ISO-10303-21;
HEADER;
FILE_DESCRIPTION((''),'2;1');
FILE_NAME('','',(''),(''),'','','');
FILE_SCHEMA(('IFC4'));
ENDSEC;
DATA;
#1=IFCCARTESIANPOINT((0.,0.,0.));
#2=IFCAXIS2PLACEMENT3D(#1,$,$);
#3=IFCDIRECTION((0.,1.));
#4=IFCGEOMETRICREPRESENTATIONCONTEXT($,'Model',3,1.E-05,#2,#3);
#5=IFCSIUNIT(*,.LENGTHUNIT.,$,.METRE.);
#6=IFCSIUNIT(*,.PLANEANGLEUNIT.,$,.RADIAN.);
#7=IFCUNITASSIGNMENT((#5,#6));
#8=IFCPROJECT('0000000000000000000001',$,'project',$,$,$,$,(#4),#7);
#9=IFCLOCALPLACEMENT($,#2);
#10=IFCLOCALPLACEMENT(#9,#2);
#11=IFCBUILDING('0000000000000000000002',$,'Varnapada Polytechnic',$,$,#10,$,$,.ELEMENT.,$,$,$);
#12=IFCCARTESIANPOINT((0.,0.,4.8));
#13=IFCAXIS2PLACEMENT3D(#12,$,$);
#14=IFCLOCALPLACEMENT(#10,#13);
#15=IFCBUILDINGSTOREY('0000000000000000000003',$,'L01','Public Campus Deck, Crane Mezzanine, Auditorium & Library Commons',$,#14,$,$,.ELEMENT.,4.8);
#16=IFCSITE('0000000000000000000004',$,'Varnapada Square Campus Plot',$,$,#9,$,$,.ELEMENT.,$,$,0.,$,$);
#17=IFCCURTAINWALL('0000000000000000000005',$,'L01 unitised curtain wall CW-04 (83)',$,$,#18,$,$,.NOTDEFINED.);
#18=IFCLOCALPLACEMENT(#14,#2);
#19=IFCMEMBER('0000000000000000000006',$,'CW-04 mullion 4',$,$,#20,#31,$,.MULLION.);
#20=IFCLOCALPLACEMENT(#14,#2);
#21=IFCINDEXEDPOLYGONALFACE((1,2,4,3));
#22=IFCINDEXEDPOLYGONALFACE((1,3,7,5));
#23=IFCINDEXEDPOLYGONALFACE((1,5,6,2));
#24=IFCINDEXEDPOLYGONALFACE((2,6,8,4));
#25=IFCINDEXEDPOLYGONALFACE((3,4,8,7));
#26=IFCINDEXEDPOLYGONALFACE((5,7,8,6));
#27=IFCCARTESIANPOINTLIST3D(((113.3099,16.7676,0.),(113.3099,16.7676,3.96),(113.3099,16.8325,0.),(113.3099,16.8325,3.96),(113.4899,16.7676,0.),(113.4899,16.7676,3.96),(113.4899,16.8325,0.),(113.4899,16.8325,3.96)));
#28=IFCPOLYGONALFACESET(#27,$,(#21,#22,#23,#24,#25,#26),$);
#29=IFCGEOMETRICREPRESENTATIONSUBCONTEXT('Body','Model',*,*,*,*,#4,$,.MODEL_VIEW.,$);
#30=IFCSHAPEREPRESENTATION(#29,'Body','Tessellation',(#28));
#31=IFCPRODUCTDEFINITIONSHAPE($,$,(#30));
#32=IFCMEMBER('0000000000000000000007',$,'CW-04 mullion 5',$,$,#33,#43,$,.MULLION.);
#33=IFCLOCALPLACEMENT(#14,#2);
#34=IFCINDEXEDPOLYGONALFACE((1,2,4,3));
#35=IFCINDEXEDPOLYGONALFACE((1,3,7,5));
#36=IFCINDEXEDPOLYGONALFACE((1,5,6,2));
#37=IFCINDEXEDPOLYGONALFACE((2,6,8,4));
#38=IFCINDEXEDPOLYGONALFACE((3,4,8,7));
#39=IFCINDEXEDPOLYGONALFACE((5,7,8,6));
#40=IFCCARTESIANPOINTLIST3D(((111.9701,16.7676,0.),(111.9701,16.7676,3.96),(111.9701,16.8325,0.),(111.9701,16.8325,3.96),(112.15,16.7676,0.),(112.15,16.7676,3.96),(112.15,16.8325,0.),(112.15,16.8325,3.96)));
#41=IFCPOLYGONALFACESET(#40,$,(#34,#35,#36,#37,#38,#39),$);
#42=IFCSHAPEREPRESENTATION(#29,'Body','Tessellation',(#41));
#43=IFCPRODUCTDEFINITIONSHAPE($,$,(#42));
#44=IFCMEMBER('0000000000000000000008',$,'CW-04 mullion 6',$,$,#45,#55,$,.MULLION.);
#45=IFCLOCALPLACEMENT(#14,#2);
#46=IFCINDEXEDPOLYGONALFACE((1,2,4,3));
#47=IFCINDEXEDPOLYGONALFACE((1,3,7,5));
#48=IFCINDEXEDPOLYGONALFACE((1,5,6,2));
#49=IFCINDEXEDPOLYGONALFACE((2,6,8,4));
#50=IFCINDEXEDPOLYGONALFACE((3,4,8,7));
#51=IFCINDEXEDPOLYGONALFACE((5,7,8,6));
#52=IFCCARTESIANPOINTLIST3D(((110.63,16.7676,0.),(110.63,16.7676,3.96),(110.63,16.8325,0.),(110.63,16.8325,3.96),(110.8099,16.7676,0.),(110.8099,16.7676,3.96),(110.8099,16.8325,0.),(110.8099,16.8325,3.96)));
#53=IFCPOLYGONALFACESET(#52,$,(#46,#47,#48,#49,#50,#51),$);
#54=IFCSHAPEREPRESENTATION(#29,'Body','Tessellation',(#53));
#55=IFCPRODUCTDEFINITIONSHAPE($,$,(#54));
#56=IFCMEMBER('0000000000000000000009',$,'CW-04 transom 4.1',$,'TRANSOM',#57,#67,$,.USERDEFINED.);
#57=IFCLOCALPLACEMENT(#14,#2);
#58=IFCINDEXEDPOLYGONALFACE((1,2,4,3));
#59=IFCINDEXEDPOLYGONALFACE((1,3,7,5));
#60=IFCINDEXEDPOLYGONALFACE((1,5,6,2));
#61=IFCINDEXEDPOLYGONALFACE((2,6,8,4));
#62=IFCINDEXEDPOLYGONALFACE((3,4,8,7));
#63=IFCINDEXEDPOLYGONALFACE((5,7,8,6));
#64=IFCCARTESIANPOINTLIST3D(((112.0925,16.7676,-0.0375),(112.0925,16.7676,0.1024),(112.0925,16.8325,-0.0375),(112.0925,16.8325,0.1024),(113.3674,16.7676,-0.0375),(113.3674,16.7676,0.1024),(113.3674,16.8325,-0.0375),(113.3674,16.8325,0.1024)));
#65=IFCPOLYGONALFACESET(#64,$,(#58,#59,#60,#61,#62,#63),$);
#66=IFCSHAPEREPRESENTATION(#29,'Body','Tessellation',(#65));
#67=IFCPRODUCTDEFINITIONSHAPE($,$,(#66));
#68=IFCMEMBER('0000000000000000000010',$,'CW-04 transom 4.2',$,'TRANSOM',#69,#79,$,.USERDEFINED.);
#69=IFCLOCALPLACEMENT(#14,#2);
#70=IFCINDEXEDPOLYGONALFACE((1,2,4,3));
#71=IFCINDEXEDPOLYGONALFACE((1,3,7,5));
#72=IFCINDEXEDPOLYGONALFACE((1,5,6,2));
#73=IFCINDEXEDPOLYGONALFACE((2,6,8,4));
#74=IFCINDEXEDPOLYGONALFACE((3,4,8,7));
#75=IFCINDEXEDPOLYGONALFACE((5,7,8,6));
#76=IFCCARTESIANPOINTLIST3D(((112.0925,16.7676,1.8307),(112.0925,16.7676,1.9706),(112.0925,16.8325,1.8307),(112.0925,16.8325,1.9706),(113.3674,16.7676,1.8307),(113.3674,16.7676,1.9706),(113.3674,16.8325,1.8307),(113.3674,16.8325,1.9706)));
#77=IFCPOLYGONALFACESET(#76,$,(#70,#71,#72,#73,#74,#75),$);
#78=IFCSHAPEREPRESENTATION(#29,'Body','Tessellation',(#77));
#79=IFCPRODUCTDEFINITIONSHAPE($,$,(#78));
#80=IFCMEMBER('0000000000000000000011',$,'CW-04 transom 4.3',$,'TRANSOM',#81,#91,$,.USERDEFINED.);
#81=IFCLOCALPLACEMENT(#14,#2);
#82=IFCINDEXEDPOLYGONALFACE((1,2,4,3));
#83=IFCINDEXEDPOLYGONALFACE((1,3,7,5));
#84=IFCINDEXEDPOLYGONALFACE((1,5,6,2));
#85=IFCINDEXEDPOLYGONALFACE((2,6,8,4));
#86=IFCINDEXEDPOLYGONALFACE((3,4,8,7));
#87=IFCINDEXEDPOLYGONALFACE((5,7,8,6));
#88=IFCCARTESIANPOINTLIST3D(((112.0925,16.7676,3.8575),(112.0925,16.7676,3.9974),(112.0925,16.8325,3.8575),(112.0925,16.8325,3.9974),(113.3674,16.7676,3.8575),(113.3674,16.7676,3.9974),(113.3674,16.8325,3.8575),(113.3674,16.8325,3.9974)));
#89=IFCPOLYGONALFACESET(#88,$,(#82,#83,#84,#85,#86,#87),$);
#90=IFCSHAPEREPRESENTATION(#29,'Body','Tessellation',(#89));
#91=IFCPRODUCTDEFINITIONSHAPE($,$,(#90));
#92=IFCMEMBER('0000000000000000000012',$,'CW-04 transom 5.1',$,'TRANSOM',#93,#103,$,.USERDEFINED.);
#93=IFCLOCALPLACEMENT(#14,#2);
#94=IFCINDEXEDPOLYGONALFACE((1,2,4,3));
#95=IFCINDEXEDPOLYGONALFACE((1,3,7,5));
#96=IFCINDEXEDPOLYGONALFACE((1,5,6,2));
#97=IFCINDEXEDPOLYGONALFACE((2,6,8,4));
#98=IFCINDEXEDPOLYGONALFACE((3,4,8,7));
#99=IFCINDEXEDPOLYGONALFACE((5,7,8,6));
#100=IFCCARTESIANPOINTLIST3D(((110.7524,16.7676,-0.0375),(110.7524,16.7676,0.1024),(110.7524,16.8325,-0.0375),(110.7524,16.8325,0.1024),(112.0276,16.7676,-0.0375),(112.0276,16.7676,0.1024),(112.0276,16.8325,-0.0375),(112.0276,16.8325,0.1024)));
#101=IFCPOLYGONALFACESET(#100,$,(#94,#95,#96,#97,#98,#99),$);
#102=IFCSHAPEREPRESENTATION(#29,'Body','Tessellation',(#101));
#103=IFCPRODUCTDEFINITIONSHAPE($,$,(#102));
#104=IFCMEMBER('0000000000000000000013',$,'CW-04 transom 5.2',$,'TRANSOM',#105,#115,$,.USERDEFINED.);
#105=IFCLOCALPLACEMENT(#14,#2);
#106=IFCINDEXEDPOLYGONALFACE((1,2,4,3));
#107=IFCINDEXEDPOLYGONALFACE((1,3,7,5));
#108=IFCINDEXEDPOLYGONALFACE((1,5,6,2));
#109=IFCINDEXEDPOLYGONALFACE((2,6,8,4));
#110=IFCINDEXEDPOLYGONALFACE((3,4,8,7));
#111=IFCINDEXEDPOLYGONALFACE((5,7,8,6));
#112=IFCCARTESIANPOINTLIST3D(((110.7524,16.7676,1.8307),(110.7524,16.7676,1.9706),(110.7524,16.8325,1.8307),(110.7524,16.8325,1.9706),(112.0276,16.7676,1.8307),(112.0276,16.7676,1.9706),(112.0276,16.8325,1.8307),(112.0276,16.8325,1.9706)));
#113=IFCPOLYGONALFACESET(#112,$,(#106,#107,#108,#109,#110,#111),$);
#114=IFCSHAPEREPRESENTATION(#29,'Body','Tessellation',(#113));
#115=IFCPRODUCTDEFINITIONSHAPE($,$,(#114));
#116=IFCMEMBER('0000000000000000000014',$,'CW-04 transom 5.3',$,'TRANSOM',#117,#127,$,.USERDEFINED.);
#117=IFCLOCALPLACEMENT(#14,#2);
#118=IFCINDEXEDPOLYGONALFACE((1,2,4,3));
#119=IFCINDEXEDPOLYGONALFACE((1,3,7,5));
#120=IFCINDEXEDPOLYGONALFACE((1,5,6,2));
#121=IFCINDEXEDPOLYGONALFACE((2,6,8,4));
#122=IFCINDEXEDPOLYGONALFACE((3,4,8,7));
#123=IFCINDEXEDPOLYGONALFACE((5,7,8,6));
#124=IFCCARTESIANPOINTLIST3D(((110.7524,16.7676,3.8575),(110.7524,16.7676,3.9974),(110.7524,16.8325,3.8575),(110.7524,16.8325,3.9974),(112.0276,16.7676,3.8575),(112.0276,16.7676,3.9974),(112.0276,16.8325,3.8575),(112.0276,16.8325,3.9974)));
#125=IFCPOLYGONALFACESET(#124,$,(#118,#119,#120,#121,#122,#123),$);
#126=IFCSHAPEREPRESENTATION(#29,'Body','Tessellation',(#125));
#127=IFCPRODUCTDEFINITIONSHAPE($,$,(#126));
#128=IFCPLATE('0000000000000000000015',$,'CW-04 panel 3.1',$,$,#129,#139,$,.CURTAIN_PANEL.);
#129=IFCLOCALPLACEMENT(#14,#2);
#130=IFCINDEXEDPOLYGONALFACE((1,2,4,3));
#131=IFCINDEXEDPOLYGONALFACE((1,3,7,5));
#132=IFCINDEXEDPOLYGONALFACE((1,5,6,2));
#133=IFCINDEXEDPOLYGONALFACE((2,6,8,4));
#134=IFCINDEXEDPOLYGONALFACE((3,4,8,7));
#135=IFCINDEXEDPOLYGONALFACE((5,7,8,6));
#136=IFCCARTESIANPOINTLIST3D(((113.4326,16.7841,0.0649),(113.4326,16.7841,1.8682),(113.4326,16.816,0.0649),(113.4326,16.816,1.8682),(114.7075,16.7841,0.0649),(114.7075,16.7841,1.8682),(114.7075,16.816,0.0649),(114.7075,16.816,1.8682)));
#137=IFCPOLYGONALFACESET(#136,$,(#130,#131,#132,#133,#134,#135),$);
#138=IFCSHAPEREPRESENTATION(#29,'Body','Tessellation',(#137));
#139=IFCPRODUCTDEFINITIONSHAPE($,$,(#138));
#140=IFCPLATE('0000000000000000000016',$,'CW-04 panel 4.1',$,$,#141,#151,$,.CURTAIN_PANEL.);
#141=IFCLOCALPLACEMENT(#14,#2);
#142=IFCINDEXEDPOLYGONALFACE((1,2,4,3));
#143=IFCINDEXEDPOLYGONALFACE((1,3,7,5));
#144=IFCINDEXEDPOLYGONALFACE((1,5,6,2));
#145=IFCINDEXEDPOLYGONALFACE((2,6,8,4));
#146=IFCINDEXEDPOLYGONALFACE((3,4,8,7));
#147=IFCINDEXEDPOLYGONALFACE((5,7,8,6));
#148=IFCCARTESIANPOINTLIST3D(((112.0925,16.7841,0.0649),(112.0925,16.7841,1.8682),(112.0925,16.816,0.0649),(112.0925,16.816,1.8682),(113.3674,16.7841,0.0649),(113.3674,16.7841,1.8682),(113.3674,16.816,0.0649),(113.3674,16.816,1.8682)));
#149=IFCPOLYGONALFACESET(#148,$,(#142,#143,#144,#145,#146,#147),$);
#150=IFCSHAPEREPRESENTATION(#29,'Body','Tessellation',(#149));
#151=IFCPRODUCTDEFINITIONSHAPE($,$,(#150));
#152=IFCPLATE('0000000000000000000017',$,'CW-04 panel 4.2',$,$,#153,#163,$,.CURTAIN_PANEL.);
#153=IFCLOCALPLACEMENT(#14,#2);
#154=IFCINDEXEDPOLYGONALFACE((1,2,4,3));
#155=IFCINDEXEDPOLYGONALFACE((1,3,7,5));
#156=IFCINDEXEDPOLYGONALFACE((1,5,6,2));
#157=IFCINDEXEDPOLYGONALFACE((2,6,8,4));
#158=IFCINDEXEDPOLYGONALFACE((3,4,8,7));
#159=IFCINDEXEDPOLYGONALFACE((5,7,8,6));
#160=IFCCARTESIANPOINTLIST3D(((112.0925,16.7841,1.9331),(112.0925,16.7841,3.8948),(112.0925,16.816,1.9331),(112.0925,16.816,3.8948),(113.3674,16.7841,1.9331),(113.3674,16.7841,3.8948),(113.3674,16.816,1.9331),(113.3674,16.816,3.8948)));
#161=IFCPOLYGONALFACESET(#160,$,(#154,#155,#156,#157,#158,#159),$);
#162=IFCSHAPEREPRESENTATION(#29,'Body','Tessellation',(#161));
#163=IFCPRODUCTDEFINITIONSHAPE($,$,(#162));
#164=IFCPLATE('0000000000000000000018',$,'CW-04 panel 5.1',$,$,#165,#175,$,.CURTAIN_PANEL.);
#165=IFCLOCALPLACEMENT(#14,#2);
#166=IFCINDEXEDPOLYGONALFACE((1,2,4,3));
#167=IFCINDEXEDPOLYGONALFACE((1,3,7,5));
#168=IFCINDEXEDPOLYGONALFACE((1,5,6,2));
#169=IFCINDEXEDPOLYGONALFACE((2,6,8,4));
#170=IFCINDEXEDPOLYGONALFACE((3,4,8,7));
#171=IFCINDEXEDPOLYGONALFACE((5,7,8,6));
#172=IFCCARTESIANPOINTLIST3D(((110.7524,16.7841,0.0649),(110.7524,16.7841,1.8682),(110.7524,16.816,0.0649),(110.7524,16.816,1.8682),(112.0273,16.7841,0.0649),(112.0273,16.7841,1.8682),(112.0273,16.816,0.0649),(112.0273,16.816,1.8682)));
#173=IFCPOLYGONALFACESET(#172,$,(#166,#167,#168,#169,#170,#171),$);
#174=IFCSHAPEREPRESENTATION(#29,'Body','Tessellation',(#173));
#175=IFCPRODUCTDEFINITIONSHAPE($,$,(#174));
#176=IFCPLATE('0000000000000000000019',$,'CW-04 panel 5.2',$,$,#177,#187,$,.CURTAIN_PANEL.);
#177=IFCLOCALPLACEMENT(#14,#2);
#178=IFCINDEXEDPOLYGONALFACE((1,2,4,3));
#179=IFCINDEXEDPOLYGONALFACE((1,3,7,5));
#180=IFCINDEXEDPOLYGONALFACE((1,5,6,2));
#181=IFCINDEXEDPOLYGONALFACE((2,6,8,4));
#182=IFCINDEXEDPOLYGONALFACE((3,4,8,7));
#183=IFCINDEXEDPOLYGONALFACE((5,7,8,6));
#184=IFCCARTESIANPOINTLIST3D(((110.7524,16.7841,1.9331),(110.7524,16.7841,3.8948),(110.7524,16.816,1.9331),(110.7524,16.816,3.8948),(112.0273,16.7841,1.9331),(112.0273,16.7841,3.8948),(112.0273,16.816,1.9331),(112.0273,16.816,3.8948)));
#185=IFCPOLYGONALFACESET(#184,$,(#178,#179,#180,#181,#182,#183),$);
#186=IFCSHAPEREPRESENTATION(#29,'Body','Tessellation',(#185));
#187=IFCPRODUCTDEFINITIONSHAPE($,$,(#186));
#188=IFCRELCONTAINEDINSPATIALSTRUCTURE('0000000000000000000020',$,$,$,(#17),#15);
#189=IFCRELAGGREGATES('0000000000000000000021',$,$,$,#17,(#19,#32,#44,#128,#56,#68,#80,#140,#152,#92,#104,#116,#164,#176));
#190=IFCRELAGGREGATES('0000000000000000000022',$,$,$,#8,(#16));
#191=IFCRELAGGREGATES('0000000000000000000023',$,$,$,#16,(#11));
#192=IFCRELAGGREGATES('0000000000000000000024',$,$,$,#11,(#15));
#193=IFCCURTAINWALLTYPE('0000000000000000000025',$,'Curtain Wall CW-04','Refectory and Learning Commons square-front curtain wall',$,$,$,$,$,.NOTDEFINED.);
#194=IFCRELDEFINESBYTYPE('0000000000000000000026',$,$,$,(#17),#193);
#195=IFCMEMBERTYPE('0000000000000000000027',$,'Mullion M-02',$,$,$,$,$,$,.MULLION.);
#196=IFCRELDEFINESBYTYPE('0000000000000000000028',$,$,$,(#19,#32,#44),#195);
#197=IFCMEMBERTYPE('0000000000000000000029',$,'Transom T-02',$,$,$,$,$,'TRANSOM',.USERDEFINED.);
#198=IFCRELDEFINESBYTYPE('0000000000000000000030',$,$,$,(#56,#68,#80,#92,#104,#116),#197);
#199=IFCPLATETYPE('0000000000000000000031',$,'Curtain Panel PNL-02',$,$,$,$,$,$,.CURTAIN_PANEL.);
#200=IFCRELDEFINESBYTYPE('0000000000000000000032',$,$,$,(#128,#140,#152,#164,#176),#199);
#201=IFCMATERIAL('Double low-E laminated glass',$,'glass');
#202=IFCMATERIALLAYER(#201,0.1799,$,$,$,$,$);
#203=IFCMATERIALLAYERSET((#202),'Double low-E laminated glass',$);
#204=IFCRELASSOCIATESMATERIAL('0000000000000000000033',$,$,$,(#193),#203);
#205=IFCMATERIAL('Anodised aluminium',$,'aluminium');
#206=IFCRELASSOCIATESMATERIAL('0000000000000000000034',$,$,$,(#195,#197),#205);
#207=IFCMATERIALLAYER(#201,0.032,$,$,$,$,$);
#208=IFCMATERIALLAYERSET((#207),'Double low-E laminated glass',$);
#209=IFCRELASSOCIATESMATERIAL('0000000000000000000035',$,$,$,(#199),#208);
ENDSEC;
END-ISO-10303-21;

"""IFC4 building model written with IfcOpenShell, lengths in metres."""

from ifc_helpers import new_model, si_unit, direction, frame, origin, origin_2d, place, context, subcontext, project, spatial, rectangle, extrude, material, layer, layer_set, material_profile, profile_set, type_object, element, aggregate, save


model = new_model("IFC4")

# Units and contexts
model_context = context("Model", 3, precision=1e-05, world=origin(), true_north=direction((0.0, 1.0)))
body_context = subcontext(model_context, "Body", "Model", "MODEL_VIEW")
ifc_project = project(units=[si_unit("LENGTHUNIT", "METRE"), si_unit("PLANEANGLEUNIT", "RADIAN")], contexts=[model_context])

# Site, building, storey
site_placement = place(None, origin())
site = spatial("IfcSite", under=ifc_project, at=site_placement, Name="Varnapada Square Campus Plot", CompositionType="ELEMENT", RefElevation=0.0)
building_placement = place(site_placement, origin())
building = spatial("IfcBuilding", under=site, at=building_placement, Name="Varnapada Polytechnic", CompositionType="ELEMENT")
storey_placement = place(building_placement, frame((0.0, 0.0, 4.8)))
storey = spatial("IfcBuildingStorey", under=building, at=storey_placement, Name="L01", Description="Public Campus Deck, Crane Mezzanine, Auditorium & Library Commons", CompositionType="ELEMENT", Elevation=4.8)

# Curtain wall, members, plates
ifc_material_1 = material(Name="Double low-E laminated glass", Category="glass")
ifc_layer_1 = layer(ifc_material_1, 0.1799)
ifc_layer_set_1 = layer_set([ifc_layer_1], Name="Double low-E laminated glass")
curtain_wall_type = type_object("IfcCurtainWallType", Name="Curtain Wall CW-04", Description="Refectory and Learning Commons square-front curtain wall", PredefinedType="NOTDEFINED", material=ifc_layer_set_1)
curtain_wall_placement = place(storey_placement, origin())
curtain_wall = element("IfcCurtainWall", 1, at=curtain_wall_placement, inside=storey, type_object=curtain_wall_type, Name="L01 unitised curtain wall CW-04 (83)", PredefinedType="NOTDEFINED")
ifc_material_2 = material(Name="Anodised aluminium", Category="aluminium")
ifc_material_profile_1 = material_profile(ifc_material_2, rectangle(XDim=0.0649, YDim=0.1799, at=origin_2d()), Name="ALU M65x180")
ifc_profile_set_1 = profile_set([ifc_material_profile_1], Name="Anodised aluminium")
member_type_1 = type_object("IfcMemberType", Name="Mullion M-02", PredefinedType="MULLION", material=ifc_profile_set_1)
member_1_placement = place(storey_placement, frame((113.3999, 16.8, 0.0), z_axis=(0.0, 0.0, 1.0), x_axis=(0.0, -1.0, 0.0)))
member_1 = element("IfcMember", 2, at=member_1_placement, type_object=member_type_1, Name="CW-04 mullion 4", PredefinedType="MULLION", context=body_context, shape_type="SweptSolid", body=[
    extrude(rectangle(XDim=0.0649, YDim=0.1799, at=origin_2d()), origin(), (0.0, 0.0, 1.0), 3.96),
])
member_2_placement = place(storey_placement, frame((112.0601, 16.8, 0.0), z_axis=(0.0, 0.0, 1.0), x_axis=(0.0, -1.0, 0.0)))
member_2 = element("IfcMember", 3, at=member_2_placement, type_object=member_type_1, Name="CW-04 mullion 5", PredefinedType="MULLION", context=body_context, shape_type="SweptSolid", body=[
    extrude(rectangle(XDim=0.0649, YDim=0.1799, at=origin_2d()), origin(), (0.0, 0.0, 1.0), 3.96),
])
member_3_placement = place(storey_placement, frame((110.72, 16.8, 0.0), z_axis=(0.0, 0.0, 1.0), x_axis=(0.0, -1.0, 0.0)))
member_3 = element("IfcMember", 4, at=member_3_placement, type_object=member_type_1, Name="CW-04 mullion 6", PredefinedType="MULLION", context=body_context, shape_type="SweptSolid", body=[
    extrude(rectangle(XDim=0.0649, YDim=0.1799, at=origin_2d()), origin(), (0.0, 0.0, 1.0), 3.96),
])
ifc_material_profile_2 = material_profile(ifc_material_2, rectangle(XDim=0.0649, YDim=0.1399, at=origin_2d()), Name="ALU T65x140")
ifc_profile_set_2 = profile_set([ifc_material_profile_2], Name="Anodised aluminium")
member_type_2 = type_object("IfcMemberType", Name="Transom T-02", ElementType="TRANSOM", PredefinedType="USERDEFINED", material=ifc_profile_set_2)
member_4_placement = place(storey_placement, frame((113.3674, 16.8, 0.0325), z_axis=(-1.0, 0.0, 0.0), x_axis=(0.0, -1.0, 0.0)))
member_4 = element("IfcMember", 5, at=member_4_placement, type_object=member_type_2, Name="CW-04 transom 4.1", ObjectType="TRANSOM", PredefinedType="USERDEFINED", context=body_context, shape_type="SweptSolid", body=[
    extrude(rectangle(XDim=0.0649, YDim=0.1399, at=origin_2d()), origin(), (0.0, 0.0, 1.0), 1.2749),
])
member_5_placement = place(storey_placement, frame((113.3674, 16.8, 1.9006), z_axis=(-1.0, 0.0, 0.0), x_axis=(0.0, -1.0, 0.0)))
member_5 = element("IfcMember", 6, at=member_5_placement, type_object=member_type_2, Name="CW-04 transom 4.2", ObjectType="TRANSOM", PredefinedType="USERDEFINED", context=body_context, shape_type="SweptSolid", body=[
    extrude(rectangle(XDim=0.0649, YDim=0.1399, at=origin_2d()), origin(), (0.0, 0.0, 1.0), 1.2749),
])
member_6_placement = place(storey_placement, frame((113.3674, 16.8, 3.9275), z_axis=(-1.0, 0.0, 0.0), x_axis=(0.0, -1.0, 0.0)))
member_6 = element("IfcMember", 7, at=member_6_placement, type_object=member_type_2, Name="CW-04 transom 4.3", ObjectType="TRANSOM", PredefinedType="USERDEFINED", context=body_context, shape_type="SweptSolid", body=[
    extrude(rectangle(XDim=0.0649, YDim=0.1399, at=origin_2d()), origin(), (0.0, 0.0, 1.0), 1.2749),
])
member_7_placement = place(storey_placement, frame((112.0276, 16.8, 0.0325), z_axis=(-1.0, 0.0, 0.0), x_axis=(0.0, -1.0, 0.0)))
member_7 = element("IfcMember", 8, at=member_7_placement, type_object=member_type_2, Name="CW-04 transom 5.1", ObjectType="TRANSOM", PredefinedType="USERDEFINED", context=body_context, shape_type="SweptSolid", body=[
    extrude(rectangle(XDim=0.0649, YDim=0.1399, at=origin_2d()), origin(), (0.0, 0.0, 1.0), 1.2751),
])
member_8_placement = place(storey_placement, frame((112.0276, 16.8, 1.9006), z_axis=(-1.0, 0.0, 0.0), x_axis=(0.0, -1.0, 0.0)))
member_8 = element("IfcMember", 9, at=member_8_placement, type_object=member_type_2, Name="CW-04 transom 5.2", ObjectType="TRANSOM", PredefinedType="USERDEFINED", context=body_context, shape_type="SweptSolid", body=[
    extrude(rectangle(XDim=0.0649, YDim=0.1399, at=origin_2d()), origin(), (0.0, 0.0, 1.0), 1.2751),
])
member_9_placement = place(storey_placement, frame((112.0276, 16.8, 3.9275), z_axis=(-1.0, 0.0, 0.0), x_axis=(0.0, -1.0, 0.0)))
member_9 = element("IfcMember", 10, at=member_9_placement, type_object=member_type_2, Name="CW-04 transom 5.3", ObjectType="TRANSOM", PredefinedType="USERDEFINED", context=body_context, shape_type="SweptSolid", body=[
    extrude(rectangle(XDim=0.0649, YDim=0.1399, at=origin_2d()), origin(), (0.0, 0.0, 1.0), 1.2751),
])
ifc_layer_2 = layer(ifc_material_1, 0.032)
ifc_layer_set_2 = layer_set([ifc_layer_2], Name="Double low-E laminated glass")
plate_type = type_object("IfcPlateType", Name="Curtain Panel PNL-02", PredefinedType="CURTAIN_PANEL", material=ifc_layer_set_2)
plate_1_placement = place(storey_placement, frame((114.0701, 16.8, 0.0649), z_axis=(0.0, 0.0, 1.0), x_axis=(-1.0, 0.0, 0.0)))
plate_1 = element("IfcPlate", 11, at=plate_1_placement, type_object=plate_type, Name="CW-04 panel 3.1", PredefinedType="CURTAIN_PANEL", context=body_context, shape_type="SweptSolid", body=[
    extrude(rectangle(XDim=1.2749, YDim=0.032, at=origin_2d()), origin(), (0.0, 0.0, 1.0), 1.8032),
])
plate_2_placement = place(storey_placement, frame((112.73, 16.8, 0.0649), z_axis=(0.0, 0.0, 1.0), x_axis=(-1.0, 0.0, 0.0)))
plate_2 = element("IfcPlate", 12, at=plate_2_placement, type_object=plate_type, Name="CW-04 panel 4.1", PredefinedType="CURTAIN_PANEL", context=body_context, shape_type="SweptSolid", body=[
    extrude(rectangle(XDim=1.2749, YDim=0.032, at=origin_2d()), origin(), (0.0, 0.0, 1.0), 1.8032),
])
plate_3_placement = place(storey_placement, frame((112.73, 16.8, 1.9331), z_axis=(0.0, 0.0, 1.0), x_axis=(-1.0, 0.0, 0.0)))
plate_3 = element("IfcPlate", 13, at=plate_3_placement, type_object=plate_type, Name="CW-04 panel 4.2", PredefinedType="CURTAIN_PANEL", context=body_context, shape_type="SweptSolid", body=[
    extrude(rectangle(XDim=1.2749, YDim=0.032, at=origin_2d()), origin(), (0.0, 0.0, 1.0), 1.9617),
])
plate_4_placement = place(storey_placement, frame((111.3899, 16.8, 0.0649), z_axis=(0.0, 0.0, 1.0), x_axis=(-1.0, 0.0, 0.0)))
plate_4 = element("IfcPlate", 14, at=plate_4_placement, type_object=plate_type, Name="CW-04 panel 5.1", PredefinedType="CURTAIN_PANEL", context=body_context, shape_type="SweptSolid", body=[
    extrude(rectangle(XDim=1.2749, YDim=0.032, at=origin_2d()), origin(), (0.0, 0.0, 1.0), 1.8032),
])
plate_5_placement = place(storey_placement, frame((111.3899, 16.8, 1.9331), z_axis=(0.0, 0.0, 1.0), x_axis=(-1.0, 0.0, 0.0)))
plate_5 = element("IfcPlate", 15, at=plate_5_placement, type_object=plate_type, Name="CW-04 panel 5.2", PredefinedType="CURTAIN_PANEL", context=body_context, shape_type="SweptSolid", body=[
    extrude(rectangle(XDim=1.2749, YDim=0.032, at=origin_2d()), origin(), (0.0, 0.0, 1.0), 1.9617),
])
aggregate(curtain_wall, [member_1, member_2, member_3, plate_1, member_4, member_5, member_6, plate_2, plate_3, member_7, member_8, member_9, plate_4, plate_5])

save(model, "model.ifc")
